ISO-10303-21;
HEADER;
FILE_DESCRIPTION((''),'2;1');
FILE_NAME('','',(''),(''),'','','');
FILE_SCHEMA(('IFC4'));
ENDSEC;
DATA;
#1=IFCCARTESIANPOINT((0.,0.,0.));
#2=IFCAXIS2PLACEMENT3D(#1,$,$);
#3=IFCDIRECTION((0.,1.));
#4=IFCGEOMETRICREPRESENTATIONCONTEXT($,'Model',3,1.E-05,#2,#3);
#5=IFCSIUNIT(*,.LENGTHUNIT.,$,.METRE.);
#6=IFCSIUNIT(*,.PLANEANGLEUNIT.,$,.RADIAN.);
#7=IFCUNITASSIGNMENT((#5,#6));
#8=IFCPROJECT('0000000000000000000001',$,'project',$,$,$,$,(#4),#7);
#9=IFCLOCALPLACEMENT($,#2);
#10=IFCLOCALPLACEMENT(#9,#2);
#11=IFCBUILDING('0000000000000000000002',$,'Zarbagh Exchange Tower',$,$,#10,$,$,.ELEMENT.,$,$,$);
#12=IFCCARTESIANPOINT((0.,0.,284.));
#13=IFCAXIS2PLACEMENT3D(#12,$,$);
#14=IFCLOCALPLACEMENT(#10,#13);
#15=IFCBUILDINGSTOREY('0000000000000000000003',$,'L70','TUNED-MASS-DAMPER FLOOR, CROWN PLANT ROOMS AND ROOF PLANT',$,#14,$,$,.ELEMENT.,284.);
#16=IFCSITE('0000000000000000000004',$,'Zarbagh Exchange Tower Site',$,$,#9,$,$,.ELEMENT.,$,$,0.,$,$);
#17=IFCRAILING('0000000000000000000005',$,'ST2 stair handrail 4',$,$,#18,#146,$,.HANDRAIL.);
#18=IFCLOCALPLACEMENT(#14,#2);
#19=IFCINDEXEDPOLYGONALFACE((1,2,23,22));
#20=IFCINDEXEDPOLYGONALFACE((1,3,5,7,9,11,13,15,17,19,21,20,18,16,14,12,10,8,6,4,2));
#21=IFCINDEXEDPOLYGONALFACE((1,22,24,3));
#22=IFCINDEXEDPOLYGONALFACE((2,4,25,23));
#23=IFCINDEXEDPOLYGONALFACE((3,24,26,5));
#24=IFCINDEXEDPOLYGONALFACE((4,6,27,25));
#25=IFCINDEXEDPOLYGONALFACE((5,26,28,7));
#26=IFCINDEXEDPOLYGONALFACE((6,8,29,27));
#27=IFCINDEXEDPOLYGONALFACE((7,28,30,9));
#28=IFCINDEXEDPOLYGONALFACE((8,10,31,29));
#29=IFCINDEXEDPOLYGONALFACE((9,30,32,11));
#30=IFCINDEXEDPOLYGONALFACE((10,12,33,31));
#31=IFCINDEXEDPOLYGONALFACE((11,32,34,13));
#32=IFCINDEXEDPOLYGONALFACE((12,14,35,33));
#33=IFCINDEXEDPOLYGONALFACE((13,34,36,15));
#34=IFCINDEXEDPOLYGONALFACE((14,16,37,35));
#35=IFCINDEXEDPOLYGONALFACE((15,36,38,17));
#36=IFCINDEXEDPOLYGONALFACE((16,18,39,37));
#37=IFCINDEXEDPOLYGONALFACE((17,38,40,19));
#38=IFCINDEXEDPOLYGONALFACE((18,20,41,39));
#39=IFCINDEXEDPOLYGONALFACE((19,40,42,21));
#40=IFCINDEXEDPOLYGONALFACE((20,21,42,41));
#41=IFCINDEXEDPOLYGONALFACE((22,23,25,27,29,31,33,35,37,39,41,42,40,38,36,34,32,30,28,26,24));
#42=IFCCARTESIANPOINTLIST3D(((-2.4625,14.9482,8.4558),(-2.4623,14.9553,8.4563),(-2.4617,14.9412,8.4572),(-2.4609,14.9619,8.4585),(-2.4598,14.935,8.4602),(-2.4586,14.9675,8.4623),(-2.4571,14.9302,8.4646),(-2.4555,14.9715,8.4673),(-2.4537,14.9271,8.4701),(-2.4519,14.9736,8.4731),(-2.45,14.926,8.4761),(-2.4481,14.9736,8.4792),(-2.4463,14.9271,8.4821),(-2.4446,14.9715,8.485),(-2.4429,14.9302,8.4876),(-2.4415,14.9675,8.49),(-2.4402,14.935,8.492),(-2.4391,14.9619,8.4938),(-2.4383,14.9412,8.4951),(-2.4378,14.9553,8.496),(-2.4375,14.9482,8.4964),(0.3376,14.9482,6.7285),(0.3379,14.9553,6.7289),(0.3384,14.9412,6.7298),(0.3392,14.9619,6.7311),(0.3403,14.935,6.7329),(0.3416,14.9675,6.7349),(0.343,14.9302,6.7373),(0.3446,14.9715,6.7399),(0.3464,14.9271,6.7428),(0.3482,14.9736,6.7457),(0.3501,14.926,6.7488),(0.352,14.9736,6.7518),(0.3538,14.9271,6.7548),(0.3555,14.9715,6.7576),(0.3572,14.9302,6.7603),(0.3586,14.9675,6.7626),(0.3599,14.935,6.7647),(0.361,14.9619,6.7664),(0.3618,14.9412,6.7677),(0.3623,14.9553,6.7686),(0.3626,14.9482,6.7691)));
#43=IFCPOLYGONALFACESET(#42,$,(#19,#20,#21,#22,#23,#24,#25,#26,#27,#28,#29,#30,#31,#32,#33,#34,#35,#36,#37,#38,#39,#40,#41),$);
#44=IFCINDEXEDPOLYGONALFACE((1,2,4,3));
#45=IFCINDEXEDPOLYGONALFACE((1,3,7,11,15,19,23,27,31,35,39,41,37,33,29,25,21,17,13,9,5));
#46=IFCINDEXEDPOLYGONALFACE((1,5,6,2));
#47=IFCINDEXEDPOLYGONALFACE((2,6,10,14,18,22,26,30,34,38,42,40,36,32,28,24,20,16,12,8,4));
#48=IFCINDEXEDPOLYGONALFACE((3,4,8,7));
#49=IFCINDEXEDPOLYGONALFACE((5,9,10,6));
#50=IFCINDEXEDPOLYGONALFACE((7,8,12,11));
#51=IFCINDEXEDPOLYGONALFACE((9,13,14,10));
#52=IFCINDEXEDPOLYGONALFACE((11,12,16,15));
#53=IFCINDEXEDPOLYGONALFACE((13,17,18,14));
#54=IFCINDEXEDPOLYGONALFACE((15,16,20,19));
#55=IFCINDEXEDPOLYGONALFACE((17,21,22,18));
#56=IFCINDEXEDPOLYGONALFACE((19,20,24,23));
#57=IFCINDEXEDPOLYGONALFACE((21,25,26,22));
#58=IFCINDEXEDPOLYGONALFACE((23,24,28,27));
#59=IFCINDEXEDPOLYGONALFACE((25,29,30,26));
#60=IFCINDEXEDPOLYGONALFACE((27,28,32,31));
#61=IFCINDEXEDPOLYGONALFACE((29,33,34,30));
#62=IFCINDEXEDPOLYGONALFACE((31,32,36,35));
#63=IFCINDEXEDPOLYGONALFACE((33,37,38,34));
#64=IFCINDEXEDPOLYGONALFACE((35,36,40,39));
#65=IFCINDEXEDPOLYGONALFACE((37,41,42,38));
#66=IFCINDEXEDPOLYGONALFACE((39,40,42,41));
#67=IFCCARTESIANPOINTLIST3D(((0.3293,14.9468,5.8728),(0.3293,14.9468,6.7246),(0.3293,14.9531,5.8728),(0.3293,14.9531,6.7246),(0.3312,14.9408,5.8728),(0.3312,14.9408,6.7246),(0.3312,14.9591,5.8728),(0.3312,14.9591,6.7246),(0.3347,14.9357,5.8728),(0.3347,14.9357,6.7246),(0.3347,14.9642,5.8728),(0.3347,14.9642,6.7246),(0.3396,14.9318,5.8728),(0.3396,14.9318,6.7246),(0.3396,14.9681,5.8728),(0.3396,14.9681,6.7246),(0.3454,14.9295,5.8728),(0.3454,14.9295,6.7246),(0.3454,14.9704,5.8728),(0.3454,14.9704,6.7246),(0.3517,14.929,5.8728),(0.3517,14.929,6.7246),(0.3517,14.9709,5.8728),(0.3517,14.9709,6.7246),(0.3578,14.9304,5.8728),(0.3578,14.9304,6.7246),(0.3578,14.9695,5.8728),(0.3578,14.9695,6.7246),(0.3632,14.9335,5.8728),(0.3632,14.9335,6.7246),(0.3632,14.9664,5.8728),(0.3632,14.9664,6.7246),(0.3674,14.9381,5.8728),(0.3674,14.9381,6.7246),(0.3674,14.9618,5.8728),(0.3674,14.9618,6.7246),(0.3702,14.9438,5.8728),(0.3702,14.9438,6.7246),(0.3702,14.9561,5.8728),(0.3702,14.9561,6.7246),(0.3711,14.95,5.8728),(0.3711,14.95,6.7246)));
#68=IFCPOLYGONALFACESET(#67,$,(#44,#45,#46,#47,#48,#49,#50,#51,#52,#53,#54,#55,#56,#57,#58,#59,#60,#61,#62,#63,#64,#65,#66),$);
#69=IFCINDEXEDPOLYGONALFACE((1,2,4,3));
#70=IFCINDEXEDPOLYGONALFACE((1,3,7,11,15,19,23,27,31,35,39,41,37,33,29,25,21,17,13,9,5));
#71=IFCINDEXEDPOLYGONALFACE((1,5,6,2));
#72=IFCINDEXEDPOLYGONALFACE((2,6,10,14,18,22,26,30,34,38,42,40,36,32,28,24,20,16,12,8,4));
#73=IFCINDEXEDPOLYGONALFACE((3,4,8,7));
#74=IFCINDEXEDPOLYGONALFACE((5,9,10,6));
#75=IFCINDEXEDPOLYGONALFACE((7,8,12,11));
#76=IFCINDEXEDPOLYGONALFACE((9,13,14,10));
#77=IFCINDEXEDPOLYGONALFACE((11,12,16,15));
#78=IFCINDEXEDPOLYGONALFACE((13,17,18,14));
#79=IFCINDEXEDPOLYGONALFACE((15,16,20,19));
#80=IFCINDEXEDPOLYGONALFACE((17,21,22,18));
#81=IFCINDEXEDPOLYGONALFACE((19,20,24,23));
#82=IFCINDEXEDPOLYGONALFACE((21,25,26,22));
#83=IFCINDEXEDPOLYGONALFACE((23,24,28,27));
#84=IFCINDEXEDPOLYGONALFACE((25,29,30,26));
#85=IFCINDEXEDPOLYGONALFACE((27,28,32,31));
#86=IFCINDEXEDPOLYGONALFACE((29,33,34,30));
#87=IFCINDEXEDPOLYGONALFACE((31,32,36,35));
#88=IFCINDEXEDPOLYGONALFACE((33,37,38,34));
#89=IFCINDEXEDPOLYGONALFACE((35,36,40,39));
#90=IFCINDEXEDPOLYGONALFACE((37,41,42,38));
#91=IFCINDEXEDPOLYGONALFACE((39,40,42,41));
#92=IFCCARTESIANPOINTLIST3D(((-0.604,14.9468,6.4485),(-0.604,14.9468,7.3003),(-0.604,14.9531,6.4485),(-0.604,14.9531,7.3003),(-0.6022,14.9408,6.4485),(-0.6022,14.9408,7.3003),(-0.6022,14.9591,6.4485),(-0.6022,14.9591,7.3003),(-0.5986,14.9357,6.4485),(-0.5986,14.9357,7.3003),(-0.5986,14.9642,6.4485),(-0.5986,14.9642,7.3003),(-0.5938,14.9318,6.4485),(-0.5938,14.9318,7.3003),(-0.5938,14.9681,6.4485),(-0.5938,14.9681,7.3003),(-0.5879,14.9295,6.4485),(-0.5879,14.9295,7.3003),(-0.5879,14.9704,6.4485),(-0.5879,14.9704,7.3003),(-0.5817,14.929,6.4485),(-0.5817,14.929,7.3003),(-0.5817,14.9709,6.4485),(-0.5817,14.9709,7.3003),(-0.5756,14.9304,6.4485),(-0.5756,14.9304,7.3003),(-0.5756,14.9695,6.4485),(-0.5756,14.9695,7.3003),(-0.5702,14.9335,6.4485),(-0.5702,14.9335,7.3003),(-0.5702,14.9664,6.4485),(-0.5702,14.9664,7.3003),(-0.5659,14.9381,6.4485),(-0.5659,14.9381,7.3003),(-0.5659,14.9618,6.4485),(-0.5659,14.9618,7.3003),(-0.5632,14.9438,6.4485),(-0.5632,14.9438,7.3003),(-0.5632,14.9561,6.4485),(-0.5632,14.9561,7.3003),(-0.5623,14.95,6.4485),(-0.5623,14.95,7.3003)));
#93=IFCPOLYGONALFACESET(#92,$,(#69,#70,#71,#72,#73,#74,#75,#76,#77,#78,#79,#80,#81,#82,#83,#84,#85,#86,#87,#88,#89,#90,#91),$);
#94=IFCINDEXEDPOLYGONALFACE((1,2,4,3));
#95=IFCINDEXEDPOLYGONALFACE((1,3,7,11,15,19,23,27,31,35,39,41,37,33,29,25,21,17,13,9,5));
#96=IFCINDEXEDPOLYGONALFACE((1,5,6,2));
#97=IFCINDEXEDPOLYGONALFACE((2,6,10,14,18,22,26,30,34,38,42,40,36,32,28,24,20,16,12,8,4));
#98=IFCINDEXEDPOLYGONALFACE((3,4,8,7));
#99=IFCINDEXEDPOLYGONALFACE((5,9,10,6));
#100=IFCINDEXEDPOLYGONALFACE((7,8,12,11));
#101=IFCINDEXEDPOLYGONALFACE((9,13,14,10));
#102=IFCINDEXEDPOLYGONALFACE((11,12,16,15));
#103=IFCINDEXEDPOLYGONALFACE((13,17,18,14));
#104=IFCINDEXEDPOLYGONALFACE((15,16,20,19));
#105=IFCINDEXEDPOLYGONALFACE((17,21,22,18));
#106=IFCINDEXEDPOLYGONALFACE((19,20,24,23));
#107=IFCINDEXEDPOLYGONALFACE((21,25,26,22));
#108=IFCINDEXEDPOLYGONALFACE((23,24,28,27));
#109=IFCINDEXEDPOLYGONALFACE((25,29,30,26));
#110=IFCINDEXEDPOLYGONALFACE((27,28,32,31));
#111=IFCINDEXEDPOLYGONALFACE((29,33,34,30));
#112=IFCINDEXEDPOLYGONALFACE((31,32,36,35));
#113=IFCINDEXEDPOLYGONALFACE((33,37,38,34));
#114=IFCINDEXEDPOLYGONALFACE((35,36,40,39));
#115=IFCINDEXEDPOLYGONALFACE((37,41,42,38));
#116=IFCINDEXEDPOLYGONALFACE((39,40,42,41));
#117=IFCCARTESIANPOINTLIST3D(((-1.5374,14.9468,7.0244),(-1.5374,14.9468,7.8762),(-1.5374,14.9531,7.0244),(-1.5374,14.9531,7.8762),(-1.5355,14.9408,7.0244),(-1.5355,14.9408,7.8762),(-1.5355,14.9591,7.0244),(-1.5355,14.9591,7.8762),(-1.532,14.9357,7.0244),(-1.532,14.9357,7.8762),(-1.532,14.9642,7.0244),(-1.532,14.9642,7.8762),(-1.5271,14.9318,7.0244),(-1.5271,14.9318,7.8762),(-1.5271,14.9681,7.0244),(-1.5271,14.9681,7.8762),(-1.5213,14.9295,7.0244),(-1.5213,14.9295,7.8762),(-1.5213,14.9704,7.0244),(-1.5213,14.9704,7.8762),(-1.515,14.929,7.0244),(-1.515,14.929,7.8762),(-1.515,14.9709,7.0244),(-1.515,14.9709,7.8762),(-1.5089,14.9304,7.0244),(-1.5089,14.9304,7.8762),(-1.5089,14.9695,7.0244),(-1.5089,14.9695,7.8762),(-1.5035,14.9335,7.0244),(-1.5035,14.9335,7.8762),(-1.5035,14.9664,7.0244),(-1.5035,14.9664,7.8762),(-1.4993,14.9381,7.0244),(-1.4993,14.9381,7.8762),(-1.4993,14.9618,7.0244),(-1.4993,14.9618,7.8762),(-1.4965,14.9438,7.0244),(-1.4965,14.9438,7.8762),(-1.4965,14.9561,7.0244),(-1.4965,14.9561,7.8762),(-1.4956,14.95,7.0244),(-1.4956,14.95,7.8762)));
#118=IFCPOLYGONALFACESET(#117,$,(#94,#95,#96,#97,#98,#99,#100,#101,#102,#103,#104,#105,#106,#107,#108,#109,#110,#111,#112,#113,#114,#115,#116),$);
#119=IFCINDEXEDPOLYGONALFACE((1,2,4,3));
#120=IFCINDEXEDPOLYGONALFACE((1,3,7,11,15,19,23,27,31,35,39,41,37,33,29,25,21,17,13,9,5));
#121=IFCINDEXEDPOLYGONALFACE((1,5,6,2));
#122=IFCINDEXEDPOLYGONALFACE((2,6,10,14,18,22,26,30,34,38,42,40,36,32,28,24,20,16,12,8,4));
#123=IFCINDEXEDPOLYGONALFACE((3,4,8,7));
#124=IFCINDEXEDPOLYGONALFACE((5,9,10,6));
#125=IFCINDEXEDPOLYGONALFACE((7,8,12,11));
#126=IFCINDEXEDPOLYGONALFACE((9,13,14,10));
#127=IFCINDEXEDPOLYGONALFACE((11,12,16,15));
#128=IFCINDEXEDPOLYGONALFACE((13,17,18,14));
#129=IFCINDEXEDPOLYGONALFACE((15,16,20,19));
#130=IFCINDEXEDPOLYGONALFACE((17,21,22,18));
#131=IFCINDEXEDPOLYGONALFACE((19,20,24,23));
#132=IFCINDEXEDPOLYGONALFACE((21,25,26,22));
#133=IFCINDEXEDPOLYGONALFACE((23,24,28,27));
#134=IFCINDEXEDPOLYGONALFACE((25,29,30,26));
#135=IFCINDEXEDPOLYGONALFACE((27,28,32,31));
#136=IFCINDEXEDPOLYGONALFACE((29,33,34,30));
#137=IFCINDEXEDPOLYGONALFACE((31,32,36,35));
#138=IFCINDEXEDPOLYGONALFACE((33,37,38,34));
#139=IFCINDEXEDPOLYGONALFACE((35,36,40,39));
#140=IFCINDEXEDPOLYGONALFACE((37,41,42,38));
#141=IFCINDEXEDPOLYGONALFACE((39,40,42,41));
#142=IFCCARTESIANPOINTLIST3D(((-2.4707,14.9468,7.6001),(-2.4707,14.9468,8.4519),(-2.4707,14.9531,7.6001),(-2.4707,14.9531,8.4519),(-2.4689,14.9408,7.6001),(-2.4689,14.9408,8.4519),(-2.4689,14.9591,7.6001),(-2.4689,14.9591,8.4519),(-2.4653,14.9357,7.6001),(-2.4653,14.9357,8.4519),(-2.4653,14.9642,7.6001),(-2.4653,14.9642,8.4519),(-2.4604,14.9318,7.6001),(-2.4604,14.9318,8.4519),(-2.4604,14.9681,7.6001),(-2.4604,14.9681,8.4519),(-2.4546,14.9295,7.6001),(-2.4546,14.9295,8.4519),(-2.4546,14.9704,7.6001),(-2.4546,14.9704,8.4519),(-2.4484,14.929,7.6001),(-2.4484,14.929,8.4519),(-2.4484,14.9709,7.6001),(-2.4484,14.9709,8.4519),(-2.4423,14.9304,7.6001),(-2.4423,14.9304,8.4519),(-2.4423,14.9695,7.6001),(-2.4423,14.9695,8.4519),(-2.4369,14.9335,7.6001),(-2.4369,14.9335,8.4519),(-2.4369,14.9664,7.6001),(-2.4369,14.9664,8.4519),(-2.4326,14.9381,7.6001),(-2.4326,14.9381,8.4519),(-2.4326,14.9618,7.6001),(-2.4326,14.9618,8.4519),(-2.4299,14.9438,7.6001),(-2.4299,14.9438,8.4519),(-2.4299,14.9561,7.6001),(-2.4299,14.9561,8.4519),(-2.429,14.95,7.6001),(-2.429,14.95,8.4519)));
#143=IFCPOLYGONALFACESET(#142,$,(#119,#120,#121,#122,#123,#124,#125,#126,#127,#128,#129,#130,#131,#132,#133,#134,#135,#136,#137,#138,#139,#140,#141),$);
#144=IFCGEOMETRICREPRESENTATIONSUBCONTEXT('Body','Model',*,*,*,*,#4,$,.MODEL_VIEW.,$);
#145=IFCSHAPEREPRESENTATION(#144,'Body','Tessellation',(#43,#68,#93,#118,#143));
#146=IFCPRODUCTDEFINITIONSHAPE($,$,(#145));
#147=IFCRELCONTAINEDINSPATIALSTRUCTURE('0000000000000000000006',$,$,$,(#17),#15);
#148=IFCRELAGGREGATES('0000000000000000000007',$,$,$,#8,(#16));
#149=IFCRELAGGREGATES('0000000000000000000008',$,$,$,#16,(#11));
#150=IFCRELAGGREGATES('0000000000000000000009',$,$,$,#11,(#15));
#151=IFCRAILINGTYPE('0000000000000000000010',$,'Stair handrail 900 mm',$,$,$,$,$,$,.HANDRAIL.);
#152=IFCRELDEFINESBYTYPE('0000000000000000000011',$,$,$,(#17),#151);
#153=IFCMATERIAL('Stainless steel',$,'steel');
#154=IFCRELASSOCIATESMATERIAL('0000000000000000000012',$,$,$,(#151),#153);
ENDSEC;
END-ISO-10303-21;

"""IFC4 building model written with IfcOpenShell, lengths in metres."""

from ifc_helpers import new_model, si_unit, direction, frame, origin, origin_2d, place, context, subcontext, project, spatial, circle, extrude, material, type_object, element, save


model = new_model("IFC4")

# Units and contexts
model_context = context("Model", 3, precision=1e-05, world=origin(), true_north=direction((0.0, 1.0)))
body_context = subcontext(model_context, "Body", "Model", "MODEL_VIEW")
ifc_project = project(units=[si_unit("LENGTHUNIT", "METRE"), si_unit("PLANEANGLEUNIT", "RADIAN")], contexts=[model_context])

# Site, building, storey
site_placement = place(None, origin())
site = spatial("IfcSite", under=ifc_project, at=site_placement, Name="Zarbagh Exchange Tower Site", CompositionType="ELEMENT", RefElevation=0.0)
building_placement = place(site_placement, origin())
building = spatial("IfcBuilding", under=site, at=building_placement, Name="Zarbagh Exchange Tower", CompositionType="ELEMENT")
storey_placement = place(building_placement, frame((0.0, 0.0, 284.0)))
storey = spatial("IfcBuildingStorey", under=building, at=storey_placement, Name="L70", Description="TUNED-MASS-DAMPER FLOOR, CROWN PLANT ROOMS AND ROOF PLANT", CompositionType="ELEMENT", Elevation=284.0)

# Shared definitions
ifc_material_1 = material(Name="Stainless steel", Category="steel")

# Railing
railing_type_1 = type_object("IfcRailingType", Name="Stair handrail 900 mm", PredefinedType="HANDRAIL", material=ifc_material_1)
for number, where, name in (
    (1, (0.3501, 14.95, 5.8728), "ST2 stair handrail 4"),
):
    element("IfcRailing", number, at=place(storey_placement, frame(where)), inside=storey, type_object=railing_type_1, Name=name, PredefinedType="HANDRAIL", context=body_context, shape_type="SweptSolid", body=[
        extrude(circle(Radius=0.0239, at=origin_2d()), frame((0.0, 0.0, 0.876), z_axis=(-0.85109, 0.0, 0.52502), x_axis=(0.0, -1.0, 0.0)), (0.0, 0.0, 1.0), 3.29),
        extrude(circle(Radius=0.021, at=origin_2d()), origin(), (0.0, 0.0, 1.0), 0.8518),
        extrude(circle(Radius=0.021, at=origin_2d()), frame((-0.9333, 0.0, 0.5757)), (0.0, 0.0, 1.0), 0.8518),
        extrude(circle(Radius=0.021, at=origin_2d()), frame((-1.8667, 0.0, 1.1516)), (0.0, 0.0, 1.0), 0.8518),
        extrude(circle(Radius=0.021, at=origin_2d()), frame((-2.8, 0.0, 1.7273)), (0.0, 0.0, 1.0), 0.8518),
    ])

save(model, "model.ifc")
